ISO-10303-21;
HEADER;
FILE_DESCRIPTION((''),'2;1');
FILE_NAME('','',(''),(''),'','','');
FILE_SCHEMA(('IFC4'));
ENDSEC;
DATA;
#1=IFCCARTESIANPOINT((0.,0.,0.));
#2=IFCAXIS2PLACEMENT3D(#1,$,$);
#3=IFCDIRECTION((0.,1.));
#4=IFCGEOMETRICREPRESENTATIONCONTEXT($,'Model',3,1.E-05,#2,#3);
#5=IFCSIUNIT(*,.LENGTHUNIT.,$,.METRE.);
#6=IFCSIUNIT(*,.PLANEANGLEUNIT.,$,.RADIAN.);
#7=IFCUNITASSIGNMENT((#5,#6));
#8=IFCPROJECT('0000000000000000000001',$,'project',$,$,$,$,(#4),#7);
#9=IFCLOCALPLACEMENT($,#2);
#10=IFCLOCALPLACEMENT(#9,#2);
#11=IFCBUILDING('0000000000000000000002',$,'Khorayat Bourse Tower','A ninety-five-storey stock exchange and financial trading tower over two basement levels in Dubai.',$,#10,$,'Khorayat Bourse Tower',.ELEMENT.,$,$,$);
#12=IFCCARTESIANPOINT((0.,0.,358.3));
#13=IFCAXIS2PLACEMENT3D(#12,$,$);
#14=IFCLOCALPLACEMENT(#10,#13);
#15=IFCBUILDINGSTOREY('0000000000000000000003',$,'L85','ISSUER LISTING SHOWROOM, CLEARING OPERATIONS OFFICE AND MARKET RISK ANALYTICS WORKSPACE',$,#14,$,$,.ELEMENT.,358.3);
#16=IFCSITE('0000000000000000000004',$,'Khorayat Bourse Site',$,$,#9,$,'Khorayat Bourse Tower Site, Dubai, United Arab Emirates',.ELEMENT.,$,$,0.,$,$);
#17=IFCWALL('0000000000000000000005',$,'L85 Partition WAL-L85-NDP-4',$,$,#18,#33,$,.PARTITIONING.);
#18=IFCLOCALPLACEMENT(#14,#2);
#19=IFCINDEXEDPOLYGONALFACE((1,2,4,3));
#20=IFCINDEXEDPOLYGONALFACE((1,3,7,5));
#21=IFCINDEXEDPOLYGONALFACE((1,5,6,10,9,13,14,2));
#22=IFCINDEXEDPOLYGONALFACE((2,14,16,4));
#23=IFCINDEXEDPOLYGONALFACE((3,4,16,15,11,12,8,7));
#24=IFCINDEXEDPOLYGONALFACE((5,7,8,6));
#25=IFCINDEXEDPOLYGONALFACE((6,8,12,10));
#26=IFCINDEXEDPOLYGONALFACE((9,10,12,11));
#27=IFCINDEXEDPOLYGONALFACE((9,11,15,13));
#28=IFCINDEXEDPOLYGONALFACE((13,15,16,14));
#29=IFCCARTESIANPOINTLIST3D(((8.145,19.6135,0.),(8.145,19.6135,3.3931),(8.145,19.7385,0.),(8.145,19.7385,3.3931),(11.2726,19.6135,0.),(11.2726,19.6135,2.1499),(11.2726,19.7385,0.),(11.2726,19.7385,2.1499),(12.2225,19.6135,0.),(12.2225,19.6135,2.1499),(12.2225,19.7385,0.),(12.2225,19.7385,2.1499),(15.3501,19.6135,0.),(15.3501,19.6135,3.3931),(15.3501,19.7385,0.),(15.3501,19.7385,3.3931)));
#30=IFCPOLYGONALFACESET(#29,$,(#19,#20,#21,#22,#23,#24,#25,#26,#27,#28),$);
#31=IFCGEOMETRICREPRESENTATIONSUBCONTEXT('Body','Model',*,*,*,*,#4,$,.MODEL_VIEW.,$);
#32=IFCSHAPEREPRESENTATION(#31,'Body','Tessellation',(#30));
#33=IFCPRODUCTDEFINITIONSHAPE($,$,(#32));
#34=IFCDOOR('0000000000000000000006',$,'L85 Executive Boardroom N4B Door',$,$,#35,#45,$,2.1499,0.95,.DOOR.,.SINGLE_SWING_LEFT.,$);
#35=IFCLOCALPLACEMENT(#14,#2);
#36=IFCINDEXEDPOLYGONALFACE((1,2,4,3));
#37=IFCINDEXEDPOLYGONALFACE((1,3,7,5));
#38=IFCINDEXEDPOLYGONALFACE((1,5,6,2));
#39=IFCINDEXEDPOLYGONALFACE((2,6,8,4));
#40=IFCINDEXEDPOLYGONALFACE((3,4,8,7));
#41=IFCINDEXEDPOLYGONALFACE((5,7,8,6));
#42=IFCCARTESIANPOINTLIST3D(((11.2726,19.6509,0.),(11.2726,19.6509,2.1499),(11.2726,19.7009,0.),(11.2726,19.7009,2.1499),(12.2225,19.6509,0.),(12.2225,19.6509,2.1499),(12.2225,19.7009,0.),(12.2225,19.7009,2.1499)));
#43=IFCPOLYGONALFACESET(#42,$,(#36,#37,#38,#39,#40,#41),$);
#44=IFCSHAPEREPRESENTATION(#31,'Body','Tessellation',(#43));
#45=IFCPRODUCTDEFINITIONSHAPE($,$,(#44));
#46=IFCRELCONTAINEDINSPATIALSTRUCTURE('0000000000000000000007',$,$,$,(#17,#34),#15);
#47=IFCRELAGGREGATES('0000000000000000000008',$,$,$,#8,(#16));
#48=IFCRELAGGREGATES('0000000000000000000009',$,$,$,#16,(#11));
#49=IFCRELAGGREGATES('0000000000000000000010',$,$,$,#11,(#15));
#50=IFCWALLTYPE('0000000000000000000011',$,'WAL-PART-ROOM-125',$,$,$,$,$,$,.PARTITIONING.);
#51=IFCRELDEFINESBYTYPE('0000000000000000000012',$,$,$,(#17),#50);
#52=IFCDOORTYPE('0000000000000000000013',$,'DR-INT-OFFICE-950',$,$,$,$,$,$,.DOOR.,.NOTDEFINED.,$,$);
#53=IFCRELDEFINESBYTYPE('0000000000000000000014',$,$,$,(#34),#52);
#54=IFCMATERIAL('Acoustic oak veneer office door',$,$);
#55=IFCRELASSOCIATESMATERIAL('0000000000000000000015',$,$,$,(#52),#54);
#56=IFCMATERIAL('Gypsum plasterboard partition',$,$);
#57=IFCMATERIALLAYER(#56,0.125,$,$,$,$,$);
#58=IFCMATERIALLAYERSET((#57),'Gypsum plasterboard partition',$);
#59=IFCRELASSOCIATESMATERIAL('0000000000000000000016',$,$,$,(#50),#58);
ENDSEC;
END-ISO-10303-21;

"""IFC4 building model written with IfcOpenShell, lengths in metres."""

from ifc_helpers import new_model, si_unit, direction, frame, frame_2d, origin, place, context, subcontext, project, spatial, rectangle, extrude, source, transform, mapped, material, layer, layer_set, type_object, element, fill, save


model = new_model("IFC4")

# Units and contexts
model_context = context("Model", 3, precision=1e-05, world=origin(), true_north=direction((0.0, 1.0)))
body_context = subcontext(model_context, "Body", "Model", "MODEL_VIEW")
ifc_project = project(units=[si_unit("LENGTHUNIT", "METRE"), si_unit("PLANEANGLEUNIT", "RADIAN")], contexts=[model_context])

# Site, building, storey
site_placement = place(None, origin())
site = spatial("IfcSite", under=ifc_project, at=site_placement, Name="Khorayat Bourse Site", LongName="Khorayat Bourse Tower Site, Dubai, United Arab Emirates", CompositionType="ELEMENT", RefElevation=0.0)
building_placement = place(site_placement, origin())
building = spatial("IfcBuilding", under=site, at=building_placement, Name="Khorayat Bourse Tower", Description="A ninety-five-storey stock exchange and financial trading tower over two basement levels in Dubai.", LongName="Khorayat Bourse Tower", CompositionType="ELEMENT")
storey_placement = place(building_placement, frame((0.0, 0.0, 358.3)))
storey = spatial("IfcBuildingStorey", under=building, at=storey_placement, Name="L85", Description="ISSUER LISTING SHOWROOM, CLEARING OPERATIONS OFFICE AND MARKET RISK ANALYTICS WORKSPACE", CompositionType="ELEMENT", Elevation=358.3)

# Shared definitions
ifc_material_1 = material(Name="Acoustic oak veneer office door")
door_type_1 = type_object("IfcDoorType", Name="DR-INT-OFFICE-950", OperationType="NOTDEFINED", PredefinedType="DOOR", material=ifc_material_1)
shared_shape_1 = source(origin(), body_context, "Body", "SweptSolid", [
    extrude(rectangle(XDim=0.95, YDim=2.1499, at=frame_2d((0.4751, 1.075))), frame((0.0, 0.0249, 0.0), z_axis=(0.0, -1.0, 0.0), x_axis=(1.0, 0.0, 0.0)), (0.0, 0.0, 1.0), 0.05),
])

# Wall, opening, door
ifc_material_2 = material(Name="Gypsum plasterboard partition")
ifc_layer_1 = layer(ifc_material_2, 0.125)
ifc_layer_set_1 = layer_set([ifc_layer_1], Name="Gypsum plasterboard partition")
wall_type_1 = type_object("IfcWallType", Name="WAL-PART-ROOM-125", PredefinedType="PARTITIONING", material=ifc_layer_set_1)
shared_shape_2 = source(origin(), body_context, "Body", "SweptSolid", [
    extrude(rectangle(XDim=0.95, YDim=2.1499, at=frame_2d((0.4751, 1.075))), frame((0.0, 0.0725, 0.0), z_axis=(0.0, -1.0, 0.0), x_axis=(1.0, 0.0, 0.0)), (0.0, 0.0, 1.0), 0.145),
])
shared_shape_3 = source(origin(), body_context, "Body", "SweptSolid", [
    extrude(rectangle(XDim=7.2051, YDim=0.125, at=frame_2d((3.6025, 0.0))), origin(), (0.0, 0.0, 1.0), 3.3931),
])
wall_1_placement = place(storey_placement, frame((8.145, 19.676, 0.0), z_axis=(0.0, 0.0, 1.0), x_axis=(1.0, 0.0, 0.0)))
wall_1 = element("IfcWall", 1, at=wall_1_placement, inside=storey, type_object=wall_type_1, Name="L85 Partition WAL-L85-NDP-4", PredefinedType="PARTITIONING", context=body_context, shape_type="MappedRepresentation", body=[
    mapped(shared_shape_3, transform((0.0, 0.0, 0.0), scale=1.0)),
])
opening_1_placement = place(wall_1_placement, frame((3.1274, 0.0, 0.0)))
opening_1 = element("IfcOpeningElement", 2, at=opening_1_placement, cuts=wall_1, PredefinedType="OPENING", context=body_context, shape_type="MappedRepresentation", body=[
    mapped(shared_shape_2, transform((0.0, 0.0, 0.0), scale=1.0)),
])
door_1_placement = place(opening_1_placement, origin())
door_1 = element("IfcDoor", 3, at=door_1_placement, inside=storey, type_object=door_type_1, Name="L85 Executive Boardroom N4B Door", OperationType="SINGLE_SWING_LEFT", OverallHeight=2.1499, OverallWidth=0.95, PredefinedType="DOOR", context=body_context, shape_type="MappedRepresentation", body=[
    mapped(shared_shape_1, transform((0.0, 0.0, 0.0), scale=1.0)),
])
fill(opening_1, door_1)

save(model, "model.ifc")
